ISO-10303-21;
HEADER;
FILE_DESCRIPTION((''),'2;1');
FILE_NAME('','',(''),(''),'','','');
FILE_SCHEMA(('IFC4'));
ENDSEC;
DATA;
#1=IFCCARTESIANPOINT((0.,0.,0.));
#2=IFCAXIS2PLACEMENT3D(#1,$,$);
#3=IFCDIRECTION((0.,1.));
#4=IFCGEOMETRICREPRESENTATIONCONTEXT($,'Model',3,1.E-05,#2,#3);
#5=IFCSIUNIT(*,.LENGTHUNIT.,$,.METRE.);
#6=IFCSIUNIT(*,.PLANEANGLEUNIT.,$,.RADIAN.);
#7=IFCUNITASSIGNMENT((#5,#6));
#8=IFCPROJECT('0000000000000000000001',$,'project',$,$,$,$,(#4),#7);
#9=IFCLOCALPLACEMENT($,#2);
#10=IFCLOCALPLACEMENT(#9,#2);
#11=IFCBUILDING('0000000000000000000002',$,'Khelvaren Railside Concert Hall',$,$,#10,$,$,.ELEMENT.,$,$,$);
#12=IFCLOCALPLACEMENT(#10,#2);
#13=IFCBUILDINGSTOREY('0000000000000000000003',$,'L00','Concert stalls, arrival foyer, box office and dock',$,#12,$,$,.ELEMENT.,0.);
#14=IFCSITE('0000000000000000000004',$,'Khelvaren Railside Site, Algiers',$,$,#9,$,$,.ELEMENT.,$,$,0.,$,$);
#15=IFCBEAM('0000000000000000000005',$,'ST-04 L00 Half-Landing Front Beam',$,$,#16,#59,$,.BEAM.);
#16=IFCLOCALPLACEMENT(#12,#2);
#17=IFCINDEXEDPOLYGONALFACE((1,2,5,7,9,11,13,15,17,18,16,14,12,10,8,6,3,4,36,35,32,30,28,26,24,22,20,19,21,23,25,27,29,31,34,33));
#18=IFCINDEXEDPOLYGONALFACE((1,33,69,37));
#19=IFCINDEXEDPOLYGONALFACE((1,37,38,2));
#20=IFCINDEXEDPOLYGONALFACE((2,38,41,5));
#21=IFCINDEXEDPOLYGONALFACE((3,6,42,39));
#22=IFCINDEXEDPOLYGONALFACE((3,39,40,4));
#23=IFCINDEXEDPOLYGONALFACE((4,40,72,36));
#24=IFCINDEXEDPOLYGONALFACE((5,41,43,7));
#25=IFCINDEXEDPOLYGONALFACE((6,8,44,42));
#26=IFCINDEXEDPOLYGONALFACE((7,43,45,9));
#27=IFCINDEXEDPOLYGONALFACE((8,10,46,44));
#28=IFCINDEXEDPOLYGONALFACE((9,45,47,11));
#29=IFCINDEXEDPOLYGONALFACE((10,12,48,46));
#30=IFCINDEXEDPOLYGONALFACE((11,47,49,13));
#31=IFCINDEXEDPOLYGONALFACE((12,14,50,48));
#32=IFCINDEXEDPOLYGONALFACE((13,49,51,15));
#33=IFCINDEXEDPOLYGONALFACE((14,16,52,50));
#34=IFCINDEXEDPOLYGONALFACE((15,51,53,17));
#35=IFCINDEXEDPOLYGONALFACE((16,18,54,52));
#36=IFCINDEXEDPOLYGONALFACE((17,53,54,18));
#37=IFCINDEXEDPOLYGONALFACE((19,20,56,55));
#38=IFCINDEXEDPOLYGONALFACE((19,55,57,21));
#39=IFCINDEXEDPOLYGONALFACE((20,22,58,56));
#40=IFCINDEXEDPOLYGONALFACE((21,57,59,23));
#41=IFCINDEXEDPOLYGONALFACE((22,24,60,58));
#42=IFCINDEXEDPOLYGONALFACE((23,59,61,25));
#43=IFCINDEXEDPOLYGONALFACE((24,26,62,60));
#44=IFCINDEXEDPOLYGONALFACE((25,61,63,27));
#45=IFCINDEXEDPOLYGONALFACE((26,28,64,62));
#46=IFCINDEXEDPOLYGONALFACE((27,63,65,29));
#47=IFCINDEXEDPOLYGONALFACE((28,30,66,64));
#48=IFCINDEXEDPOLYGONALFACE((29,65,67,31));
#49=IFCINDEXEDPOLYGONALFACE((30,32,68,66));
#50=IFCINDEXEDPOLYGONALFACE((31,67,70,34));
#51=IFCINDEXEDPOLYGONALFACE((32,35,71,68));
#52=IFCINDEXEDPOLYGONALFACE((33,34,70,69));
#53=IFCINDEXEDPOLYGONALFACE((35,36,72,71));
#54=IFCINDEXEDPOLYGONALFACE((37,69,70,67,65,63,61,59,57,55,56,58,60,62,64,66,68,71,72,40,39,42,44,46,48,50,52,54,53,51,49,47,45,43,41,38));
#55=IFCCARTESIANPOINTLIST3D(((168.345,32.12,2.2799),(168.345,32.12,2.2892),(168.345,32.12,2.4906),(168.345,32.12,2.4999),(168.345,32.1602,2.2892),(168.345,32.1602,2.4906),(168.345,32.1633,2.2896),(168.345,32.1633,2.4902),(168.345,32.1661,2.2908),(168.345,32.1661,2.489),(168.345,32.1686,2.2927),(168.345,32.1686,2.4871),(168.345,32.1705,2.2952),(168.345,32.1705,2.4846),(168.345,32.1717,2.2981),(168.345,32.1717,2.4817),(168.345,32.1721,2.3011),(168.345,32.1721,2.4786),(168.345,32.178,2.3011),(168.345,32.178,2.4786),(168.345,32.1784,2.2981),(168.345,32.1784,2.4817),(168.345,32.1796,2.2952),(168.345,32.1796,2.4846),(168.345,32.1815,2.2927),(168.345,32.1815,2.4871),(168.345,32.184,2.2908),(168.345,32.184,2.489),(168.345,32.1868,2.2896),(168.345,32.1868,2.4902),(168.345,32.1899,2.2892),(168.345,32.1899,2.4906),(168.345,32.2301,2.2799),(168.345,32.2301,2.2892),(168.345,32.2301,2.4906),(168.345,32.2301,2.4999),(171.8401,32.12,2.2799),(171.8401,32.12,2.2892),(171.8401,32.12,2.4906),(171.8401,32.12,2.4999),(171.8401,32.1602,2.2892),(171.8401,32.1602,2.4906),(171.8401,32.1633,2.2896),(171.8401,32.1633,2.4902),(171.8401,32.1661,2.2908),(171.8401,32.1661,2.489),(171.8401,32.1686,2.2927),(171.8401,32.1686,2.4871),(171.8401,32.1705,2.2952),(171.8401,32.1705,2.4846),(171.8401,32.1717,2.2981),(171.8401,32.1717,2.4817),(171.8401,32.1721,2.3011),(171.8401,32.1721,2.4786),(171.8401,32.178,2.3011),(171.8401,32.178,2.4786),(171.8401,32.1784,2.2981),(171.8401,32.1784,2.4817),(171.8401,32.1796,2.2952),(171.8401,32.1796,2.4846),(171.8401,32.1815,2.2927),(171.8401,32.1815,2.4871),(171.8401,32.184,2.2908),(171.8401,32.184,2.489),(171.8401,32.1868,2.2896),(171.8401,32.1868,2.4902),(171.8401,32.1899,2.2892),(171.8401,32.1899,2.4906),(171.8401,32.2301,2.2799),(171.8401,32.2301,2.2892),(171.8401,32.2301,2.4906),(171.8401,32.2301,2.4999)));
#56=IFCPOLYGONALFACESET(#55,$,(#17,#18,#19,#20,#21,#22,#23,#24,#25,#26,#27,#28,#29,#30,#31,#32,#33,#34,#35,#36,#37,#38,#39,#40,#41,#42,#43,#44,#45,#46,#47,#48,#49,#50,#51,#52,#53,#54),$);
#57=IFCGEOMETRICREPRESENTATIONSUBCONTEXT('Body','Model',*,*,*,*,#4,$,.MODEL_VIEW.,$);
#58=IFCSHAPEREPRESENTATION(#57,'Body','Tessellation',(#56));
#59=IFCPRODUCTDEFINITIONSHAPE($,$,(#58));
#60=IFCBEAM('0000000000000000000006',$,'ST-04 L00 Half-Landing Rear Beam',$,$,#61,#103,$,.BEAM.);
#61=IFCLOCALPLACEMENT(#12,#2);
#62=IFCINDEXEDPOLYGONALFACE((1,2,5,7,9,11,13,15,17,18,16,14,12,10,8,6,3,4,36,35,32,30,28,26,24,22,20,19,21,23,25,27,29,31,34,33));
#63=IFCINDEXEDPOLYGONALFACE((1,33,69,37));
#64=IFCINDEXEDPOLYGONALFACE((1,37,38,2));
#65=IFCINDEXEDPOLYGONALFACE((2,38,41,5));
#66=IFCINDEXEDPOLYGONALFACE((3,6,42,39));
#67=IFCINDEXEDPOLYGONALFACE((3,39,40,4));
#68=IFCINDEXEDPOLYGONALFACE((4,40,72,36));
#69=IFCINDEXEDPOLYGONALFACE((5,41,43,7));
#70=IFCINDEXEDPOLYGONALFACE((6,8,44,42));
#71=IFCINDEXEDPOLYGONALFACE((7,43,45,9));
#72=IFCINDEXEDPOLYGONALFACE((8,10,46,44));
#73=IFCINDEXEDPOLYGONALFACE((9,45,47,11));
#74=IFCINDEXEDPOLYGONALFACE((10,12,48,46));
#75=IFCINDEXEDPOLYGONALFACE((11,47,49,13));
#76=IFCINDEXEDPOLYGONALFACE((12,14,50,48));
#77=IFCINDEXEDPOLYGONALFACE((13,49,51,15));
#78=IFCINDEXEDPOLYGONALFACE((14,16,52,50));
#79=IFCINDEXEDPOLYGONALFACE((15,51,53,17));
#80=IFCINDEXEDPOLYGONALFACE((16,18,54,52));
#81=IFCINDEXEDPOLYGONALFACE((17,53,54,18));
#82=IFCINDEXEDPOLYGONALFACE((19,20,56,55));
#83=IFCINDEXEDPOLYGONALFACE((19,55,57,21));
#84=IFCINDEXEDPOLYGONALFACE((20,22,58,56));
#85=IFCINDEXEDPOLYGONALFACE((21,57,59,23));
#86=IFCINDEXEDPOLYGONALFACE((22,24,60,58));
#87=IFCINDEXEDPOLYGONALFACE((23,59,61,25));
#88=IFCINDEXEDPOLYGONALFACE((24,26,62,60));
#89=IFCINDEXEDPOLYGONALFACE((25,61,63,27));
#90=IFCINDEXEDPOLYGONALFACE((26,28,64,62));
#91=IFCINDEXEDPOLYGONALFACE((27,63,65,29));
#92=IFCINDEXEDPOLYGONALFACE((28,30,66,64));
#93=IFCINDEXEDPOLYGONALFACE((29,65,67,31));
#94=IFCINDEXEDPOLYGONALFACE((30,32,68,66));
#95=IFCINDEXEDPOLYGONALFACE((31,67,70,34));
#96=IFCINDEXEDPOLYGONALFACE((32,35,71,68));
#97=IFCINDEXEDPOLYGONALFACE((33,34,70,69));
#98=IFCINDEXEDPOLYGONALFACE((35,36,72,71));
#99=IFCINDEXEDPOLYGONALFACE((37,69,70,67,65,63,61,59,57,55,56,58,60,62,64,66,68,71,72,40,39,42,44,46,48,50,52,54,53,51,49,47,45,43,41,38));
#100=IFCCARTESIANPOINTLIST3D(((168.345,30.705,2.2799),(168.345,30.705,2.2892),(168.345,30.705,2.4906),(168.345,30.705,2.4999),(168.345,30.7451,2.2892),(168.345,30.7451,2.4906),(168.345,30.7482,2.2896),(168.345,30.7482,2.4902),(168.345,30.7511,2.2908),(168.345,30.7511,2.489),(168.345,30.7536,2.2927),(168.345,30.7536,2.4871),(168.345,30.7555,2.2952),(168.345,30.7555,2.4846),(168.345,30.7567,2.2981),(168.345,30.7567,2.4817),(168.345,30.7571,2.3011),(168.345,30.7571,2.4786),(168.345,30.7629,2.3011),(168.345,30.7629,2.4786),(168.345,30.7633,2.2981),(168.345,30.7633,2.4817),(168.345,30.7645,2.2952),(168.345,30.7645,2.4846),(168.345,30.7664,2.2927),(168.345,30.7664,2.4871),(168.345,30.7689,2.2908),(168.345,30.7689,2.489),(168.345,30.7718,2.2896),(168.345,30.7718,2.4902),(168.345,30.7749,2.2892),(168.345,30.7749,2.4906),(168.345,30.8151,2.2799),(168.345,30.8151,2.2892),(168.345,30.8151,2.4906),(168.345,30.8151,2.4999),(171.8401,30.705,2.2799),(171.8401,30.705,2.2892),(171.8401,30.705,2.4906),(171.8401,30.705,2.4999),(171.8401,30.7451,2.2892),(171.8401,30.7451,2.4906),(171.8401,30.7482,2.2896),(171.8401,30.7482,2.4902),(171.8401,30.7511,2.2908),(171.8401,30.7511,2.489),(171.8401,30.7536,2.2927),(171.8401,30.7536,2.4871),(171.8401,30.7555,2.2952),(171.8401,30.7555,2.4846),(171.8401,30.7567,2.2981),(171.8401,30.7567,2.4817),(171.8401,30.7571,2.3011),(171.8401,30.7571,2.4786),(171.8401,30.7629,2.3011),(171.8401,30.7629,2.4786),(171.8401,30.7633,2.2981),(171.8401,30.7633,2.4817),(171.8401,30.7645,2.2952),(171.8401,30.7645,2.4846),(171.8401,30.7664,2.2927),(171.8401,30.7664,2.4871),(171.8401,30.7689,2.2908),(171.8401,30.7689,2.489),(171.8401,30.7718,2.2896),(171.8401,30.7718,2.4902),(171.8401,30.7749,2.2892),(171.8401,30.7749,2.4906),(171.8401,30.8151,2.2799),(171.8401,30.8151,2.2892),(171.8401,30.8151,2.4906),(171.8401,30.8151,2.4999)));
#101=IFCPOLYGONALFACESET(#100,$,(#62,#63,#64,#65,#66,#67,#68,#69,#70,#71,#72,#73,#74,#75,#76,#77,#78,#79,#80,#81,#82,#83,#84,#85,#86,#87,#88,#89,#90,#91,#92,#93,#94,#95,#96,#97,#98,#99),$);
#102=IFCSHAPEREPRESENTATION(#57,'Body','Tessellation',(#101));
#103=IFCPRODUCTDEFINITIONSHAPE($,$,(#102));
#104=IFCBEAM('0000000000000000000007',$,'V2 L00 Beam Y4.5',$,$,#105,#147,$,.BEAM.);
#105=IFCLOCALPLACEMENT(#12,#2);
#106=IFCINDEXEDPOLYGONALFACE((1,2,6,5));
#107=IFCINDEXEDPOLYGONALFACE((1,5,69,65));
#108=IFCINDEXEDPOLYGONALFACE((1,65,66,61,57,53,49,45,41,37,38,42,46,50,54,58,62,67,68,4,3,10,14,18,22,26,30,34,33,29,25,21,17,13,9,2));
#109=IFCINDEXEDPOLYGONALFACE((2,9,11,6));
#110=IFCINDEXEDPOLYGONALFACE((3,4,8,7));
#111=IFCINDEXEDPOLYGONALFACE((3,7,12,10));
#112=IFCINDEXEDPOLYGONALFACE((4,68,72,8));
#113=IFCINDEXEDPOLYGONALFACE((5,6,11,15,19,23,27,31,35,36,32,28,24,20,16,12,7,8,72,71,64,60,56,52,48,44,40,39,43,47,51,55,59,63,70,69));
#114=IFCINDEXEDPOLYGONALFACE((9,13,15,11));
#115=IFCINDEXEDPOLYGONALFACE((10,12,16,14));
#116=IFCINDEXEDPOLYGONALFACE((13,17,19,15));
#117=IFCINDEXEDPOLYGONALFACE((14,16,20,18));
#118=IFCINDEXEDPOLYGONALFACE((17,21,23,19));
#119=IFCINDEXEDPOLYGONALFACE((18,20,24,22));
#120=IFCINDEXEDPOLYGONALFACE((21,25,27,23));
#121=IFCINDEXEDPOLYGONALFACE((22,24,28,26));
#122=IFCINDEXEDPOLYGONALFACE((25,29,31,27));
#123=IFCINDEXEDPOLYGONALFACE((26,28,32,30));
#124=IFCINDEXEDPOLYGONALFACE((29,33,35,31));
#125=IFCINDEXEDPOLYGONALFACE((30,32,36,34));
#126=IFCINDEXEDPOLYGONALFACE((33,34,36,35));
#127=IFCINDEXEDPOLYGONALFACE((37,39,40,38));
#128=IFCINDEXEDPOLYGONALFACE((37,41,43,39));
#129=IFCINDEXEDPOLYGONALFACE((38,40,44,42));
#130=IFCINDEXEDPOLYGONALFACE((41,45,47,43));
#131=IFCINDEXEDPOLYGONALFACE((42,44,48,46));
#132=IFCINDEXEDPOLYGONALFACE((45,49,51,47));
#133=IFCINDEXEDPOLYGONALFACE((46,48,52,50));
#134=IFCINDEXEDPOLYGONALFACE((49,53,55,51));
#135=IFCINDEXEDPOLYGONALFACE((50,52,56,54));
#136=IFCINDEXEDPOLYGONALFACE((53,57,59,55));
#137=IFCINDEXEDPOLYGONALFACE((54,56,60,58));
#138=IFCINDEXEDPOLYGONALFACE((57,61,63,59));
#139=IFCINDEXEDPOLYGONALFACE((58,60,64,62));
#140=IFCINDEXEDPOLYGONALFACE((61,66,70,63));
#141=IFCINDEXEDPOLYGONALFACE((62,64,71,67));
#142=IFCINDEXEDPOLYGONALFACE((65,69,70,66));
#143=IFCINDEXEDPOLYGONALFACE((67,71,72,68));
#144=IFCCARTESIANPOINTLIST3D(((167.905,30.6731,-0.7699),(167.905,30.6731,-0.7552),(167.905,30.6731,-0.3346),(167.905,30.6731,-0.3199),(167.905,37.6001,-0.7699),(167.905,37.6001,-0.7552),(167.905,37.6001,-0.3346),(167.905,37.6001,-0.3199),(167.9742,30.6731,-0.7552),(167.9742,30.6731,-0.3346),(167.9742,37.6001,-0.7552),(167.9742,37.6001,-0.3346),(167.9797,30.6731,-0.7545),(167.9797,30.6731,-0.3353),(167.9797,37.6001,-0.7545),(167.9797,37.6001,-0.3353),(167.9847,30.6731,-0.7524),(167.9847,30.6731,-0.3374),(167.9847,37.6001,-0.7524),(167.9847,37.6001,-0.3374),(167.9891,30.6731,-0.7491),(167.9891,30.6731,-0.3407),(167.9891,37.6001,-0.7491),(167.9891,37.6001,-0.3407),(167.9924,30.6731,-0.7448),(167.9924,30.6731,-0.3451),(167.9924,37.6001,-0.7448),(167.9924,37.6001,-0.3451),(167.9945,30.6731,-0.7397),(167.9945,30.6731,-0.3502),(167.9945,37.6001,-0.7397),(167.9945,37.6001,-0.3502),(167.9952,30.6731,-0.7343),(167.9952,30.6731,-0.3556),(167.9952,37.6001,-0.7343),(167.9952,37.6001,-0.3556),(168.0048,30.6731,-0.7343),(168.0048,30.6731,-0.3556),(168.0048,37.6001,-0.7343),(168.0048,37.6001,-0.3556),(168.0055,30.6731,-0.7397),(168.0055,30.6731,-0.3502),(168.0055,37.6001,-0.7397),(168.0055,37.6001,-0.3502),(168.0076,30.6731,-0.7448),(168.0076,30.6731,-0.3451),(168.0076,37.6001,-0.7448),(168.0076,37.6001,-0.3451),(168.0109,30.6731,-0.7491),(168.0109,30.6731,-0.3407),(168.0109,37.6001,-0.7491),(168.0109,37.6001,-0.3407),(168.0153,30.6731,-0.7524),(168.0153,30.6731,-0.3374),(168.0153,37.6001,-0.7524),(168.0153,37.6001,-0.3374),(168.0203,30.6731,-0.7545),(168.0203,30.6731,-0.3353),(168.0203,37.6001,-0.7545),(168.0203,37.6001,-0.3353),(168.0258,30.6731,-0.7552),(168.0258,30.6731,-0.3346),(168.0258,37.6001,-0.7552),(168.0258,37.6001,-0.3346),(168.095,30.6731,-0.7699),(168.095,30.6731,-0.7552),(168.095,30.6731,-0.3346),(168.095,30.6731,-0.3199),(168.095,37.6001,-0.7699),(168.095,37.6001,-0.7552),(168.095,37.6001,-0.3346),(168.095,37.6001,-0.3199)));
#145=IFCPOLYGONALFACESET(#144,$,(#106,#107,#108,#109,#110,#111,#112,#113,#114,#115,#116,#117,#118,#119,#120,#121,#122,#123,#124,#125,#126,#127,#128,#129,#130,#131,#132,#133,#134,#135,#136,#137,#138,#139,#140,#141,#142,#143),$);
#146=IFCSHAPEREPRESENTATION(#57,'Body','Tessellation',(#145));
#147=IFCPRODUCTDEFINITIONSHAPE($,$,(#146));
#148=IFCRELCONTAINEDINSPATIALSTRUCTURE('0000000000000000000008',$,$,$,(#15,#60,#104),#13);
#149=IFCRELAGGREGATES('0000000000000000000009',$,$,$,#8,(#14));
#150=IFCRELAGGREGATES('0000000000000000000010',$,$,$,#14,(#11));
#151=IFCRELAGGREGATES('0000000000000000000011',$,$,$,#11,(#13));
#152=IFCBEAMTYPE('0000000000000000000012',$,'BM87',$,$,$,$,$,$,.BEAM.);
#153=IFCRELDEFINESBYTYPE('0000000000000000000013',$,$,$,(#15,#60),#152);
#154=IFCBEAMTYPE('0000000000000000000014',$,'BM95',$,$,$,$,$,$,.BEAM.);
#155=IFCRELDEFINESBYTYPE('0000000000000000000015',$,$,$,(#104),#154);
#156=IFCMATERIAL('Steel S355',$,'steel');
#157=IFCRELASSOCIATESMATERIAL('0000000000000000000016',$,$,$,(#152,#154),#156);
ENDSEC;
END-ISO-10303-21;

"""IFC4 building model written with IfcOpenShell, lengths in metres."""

from ifc_helpers import new_model, si_unit, direction, frame, origin, origin_2d, place, context, subcontext, project, spatial, i_section, extrude, material, material_profile, profile_set, type_object, element, save


model = new_model("IFC4")

# Units and contexts
model_context = context("Model", 3, precision=1e-05, world=origin(), true_north=direction((0.0, 1.0)))
body_context = subcontext(model_context, "Body", "Model", "MODEL_VIEW")
ifc_project = project(units=[si_unit("LENGTHUNIT", "METRE"), si_unit("PLANEANGLEUNIT", "RADIAN")], contexts=[model_context])

# Site, building, storey
site_placement = place(None, origin())
site = spatial("IfcSite", under=ifc_project, at=site_placement, Name="Khelvaren Railside Site, Algiers", CompositionType="ELEMENT", RefElevation=0.0)
building_placement = place(site_placement, origin())
building = spatial("IfcBuilding", under=site, at=building_placement, Name="Khelvaren Railside Concert Hall", CompositionType="ELEMENT")
storey_placement = place(building_placement, origin())
storey = spatial("IfcBuildingStorey", under=building, at=storey_placement, Name="L00", Description="Concert stalls, arrival foyer, box office and dock", CompositionType="ELEMENT", Elevation=0.0)

# Shared definitions
ifc_material_1 = material(Name="Steel S355", Category="steel")

# Beams
ifc_material_profile_1 = material_profile(ifc_material_1, i_section(OverallWidth=0.1101, OverallDepth=0.22, WebThickness=0.0059, FlangeThickness=0.0093, FilletRadius=0.012, at=origin_2d()), Name="IPE 220")
ifc_profile_set_1 = profile_set([ifc_material_profile_1], Name="Steel S355")
beam_type_1 = type_object("IfcBeamType", Name="BM87", PredefinedType="BEAM", material=ifc_profile_set_1)
for number, where, z_axis, x_axis, name in (
    (1, (168.345, 32.175, 2.3899), (1.0, 0.0, 0.0), (0.0, 1.0, 0.0), "ST-04 L00 Half-Landing Front Beam"),
    (2, (168.345, 30.76, 2.3899), (1.0, 0.0, 0.0), (0.0, 1.0, 0.0), "ST-04 L00 Half-Landing Rear Beam"),
):
    element("IfcBeam", number, at=place(storey_placement, frame(where, z_axis=z_axis, x_axis=x_axis)), inside=storey, type_object=beam_type_1, Name=name, PredefinedType="BEAM", context=body_context, shape_type="SweptSolid", body=[
        extrude(i_section(OverallWidth=0.1101, OverallDepth=0.22, WebThickness=0.0059, FlangeThickness=0.0093, FilletRadius=0.012, at=origin_2d()), origin(), (0.0, 0.0, 1.0), 3.4951),
    ])
ifc_material_profile_2 = material_profile(ifc_material_1, i_section(OverallWidth=0.1899, OverallDepth=0.45, WebThickness=0.0095, FlangeThickness=0.0146, FilletRadius=0.021, at=origin_2d()), Name="IPE 450")
ifc_profile_set_2 = profile_set([ifc_material_profile_2], Name="Steel S355")
beam_type_2 = type_object("IfcBeamType", Name="BM95", PredefinedType="BEAM", material=ifc_profile_set_2)
beam_1_placement = place(storey_placement, frame((168.0, 30.6731, -0.5449), z_axis=(0.0, 1.0, 0.0), x_axis=(-1.0, 0.0, 0.0)))
element("IfcBeam", 3, at=beam_1_placement, inside=storey, type_object=beam_type_2, Name="V2 L00 Beam Y4.5", PredefinedType="BEAM", context=body_context, shape_type="SweptSolid", body=[
    extrude(i_section(OverallWidth=0.1899, OverallDepth=0.45, WebThickness=0.0095, FlangeThickness=0.0146, FilletRadius=0.021, at=origin_2d()), origin(), (0.0, 0.0, 1.0), 6.927),
])

save(model, "model.ifc")
